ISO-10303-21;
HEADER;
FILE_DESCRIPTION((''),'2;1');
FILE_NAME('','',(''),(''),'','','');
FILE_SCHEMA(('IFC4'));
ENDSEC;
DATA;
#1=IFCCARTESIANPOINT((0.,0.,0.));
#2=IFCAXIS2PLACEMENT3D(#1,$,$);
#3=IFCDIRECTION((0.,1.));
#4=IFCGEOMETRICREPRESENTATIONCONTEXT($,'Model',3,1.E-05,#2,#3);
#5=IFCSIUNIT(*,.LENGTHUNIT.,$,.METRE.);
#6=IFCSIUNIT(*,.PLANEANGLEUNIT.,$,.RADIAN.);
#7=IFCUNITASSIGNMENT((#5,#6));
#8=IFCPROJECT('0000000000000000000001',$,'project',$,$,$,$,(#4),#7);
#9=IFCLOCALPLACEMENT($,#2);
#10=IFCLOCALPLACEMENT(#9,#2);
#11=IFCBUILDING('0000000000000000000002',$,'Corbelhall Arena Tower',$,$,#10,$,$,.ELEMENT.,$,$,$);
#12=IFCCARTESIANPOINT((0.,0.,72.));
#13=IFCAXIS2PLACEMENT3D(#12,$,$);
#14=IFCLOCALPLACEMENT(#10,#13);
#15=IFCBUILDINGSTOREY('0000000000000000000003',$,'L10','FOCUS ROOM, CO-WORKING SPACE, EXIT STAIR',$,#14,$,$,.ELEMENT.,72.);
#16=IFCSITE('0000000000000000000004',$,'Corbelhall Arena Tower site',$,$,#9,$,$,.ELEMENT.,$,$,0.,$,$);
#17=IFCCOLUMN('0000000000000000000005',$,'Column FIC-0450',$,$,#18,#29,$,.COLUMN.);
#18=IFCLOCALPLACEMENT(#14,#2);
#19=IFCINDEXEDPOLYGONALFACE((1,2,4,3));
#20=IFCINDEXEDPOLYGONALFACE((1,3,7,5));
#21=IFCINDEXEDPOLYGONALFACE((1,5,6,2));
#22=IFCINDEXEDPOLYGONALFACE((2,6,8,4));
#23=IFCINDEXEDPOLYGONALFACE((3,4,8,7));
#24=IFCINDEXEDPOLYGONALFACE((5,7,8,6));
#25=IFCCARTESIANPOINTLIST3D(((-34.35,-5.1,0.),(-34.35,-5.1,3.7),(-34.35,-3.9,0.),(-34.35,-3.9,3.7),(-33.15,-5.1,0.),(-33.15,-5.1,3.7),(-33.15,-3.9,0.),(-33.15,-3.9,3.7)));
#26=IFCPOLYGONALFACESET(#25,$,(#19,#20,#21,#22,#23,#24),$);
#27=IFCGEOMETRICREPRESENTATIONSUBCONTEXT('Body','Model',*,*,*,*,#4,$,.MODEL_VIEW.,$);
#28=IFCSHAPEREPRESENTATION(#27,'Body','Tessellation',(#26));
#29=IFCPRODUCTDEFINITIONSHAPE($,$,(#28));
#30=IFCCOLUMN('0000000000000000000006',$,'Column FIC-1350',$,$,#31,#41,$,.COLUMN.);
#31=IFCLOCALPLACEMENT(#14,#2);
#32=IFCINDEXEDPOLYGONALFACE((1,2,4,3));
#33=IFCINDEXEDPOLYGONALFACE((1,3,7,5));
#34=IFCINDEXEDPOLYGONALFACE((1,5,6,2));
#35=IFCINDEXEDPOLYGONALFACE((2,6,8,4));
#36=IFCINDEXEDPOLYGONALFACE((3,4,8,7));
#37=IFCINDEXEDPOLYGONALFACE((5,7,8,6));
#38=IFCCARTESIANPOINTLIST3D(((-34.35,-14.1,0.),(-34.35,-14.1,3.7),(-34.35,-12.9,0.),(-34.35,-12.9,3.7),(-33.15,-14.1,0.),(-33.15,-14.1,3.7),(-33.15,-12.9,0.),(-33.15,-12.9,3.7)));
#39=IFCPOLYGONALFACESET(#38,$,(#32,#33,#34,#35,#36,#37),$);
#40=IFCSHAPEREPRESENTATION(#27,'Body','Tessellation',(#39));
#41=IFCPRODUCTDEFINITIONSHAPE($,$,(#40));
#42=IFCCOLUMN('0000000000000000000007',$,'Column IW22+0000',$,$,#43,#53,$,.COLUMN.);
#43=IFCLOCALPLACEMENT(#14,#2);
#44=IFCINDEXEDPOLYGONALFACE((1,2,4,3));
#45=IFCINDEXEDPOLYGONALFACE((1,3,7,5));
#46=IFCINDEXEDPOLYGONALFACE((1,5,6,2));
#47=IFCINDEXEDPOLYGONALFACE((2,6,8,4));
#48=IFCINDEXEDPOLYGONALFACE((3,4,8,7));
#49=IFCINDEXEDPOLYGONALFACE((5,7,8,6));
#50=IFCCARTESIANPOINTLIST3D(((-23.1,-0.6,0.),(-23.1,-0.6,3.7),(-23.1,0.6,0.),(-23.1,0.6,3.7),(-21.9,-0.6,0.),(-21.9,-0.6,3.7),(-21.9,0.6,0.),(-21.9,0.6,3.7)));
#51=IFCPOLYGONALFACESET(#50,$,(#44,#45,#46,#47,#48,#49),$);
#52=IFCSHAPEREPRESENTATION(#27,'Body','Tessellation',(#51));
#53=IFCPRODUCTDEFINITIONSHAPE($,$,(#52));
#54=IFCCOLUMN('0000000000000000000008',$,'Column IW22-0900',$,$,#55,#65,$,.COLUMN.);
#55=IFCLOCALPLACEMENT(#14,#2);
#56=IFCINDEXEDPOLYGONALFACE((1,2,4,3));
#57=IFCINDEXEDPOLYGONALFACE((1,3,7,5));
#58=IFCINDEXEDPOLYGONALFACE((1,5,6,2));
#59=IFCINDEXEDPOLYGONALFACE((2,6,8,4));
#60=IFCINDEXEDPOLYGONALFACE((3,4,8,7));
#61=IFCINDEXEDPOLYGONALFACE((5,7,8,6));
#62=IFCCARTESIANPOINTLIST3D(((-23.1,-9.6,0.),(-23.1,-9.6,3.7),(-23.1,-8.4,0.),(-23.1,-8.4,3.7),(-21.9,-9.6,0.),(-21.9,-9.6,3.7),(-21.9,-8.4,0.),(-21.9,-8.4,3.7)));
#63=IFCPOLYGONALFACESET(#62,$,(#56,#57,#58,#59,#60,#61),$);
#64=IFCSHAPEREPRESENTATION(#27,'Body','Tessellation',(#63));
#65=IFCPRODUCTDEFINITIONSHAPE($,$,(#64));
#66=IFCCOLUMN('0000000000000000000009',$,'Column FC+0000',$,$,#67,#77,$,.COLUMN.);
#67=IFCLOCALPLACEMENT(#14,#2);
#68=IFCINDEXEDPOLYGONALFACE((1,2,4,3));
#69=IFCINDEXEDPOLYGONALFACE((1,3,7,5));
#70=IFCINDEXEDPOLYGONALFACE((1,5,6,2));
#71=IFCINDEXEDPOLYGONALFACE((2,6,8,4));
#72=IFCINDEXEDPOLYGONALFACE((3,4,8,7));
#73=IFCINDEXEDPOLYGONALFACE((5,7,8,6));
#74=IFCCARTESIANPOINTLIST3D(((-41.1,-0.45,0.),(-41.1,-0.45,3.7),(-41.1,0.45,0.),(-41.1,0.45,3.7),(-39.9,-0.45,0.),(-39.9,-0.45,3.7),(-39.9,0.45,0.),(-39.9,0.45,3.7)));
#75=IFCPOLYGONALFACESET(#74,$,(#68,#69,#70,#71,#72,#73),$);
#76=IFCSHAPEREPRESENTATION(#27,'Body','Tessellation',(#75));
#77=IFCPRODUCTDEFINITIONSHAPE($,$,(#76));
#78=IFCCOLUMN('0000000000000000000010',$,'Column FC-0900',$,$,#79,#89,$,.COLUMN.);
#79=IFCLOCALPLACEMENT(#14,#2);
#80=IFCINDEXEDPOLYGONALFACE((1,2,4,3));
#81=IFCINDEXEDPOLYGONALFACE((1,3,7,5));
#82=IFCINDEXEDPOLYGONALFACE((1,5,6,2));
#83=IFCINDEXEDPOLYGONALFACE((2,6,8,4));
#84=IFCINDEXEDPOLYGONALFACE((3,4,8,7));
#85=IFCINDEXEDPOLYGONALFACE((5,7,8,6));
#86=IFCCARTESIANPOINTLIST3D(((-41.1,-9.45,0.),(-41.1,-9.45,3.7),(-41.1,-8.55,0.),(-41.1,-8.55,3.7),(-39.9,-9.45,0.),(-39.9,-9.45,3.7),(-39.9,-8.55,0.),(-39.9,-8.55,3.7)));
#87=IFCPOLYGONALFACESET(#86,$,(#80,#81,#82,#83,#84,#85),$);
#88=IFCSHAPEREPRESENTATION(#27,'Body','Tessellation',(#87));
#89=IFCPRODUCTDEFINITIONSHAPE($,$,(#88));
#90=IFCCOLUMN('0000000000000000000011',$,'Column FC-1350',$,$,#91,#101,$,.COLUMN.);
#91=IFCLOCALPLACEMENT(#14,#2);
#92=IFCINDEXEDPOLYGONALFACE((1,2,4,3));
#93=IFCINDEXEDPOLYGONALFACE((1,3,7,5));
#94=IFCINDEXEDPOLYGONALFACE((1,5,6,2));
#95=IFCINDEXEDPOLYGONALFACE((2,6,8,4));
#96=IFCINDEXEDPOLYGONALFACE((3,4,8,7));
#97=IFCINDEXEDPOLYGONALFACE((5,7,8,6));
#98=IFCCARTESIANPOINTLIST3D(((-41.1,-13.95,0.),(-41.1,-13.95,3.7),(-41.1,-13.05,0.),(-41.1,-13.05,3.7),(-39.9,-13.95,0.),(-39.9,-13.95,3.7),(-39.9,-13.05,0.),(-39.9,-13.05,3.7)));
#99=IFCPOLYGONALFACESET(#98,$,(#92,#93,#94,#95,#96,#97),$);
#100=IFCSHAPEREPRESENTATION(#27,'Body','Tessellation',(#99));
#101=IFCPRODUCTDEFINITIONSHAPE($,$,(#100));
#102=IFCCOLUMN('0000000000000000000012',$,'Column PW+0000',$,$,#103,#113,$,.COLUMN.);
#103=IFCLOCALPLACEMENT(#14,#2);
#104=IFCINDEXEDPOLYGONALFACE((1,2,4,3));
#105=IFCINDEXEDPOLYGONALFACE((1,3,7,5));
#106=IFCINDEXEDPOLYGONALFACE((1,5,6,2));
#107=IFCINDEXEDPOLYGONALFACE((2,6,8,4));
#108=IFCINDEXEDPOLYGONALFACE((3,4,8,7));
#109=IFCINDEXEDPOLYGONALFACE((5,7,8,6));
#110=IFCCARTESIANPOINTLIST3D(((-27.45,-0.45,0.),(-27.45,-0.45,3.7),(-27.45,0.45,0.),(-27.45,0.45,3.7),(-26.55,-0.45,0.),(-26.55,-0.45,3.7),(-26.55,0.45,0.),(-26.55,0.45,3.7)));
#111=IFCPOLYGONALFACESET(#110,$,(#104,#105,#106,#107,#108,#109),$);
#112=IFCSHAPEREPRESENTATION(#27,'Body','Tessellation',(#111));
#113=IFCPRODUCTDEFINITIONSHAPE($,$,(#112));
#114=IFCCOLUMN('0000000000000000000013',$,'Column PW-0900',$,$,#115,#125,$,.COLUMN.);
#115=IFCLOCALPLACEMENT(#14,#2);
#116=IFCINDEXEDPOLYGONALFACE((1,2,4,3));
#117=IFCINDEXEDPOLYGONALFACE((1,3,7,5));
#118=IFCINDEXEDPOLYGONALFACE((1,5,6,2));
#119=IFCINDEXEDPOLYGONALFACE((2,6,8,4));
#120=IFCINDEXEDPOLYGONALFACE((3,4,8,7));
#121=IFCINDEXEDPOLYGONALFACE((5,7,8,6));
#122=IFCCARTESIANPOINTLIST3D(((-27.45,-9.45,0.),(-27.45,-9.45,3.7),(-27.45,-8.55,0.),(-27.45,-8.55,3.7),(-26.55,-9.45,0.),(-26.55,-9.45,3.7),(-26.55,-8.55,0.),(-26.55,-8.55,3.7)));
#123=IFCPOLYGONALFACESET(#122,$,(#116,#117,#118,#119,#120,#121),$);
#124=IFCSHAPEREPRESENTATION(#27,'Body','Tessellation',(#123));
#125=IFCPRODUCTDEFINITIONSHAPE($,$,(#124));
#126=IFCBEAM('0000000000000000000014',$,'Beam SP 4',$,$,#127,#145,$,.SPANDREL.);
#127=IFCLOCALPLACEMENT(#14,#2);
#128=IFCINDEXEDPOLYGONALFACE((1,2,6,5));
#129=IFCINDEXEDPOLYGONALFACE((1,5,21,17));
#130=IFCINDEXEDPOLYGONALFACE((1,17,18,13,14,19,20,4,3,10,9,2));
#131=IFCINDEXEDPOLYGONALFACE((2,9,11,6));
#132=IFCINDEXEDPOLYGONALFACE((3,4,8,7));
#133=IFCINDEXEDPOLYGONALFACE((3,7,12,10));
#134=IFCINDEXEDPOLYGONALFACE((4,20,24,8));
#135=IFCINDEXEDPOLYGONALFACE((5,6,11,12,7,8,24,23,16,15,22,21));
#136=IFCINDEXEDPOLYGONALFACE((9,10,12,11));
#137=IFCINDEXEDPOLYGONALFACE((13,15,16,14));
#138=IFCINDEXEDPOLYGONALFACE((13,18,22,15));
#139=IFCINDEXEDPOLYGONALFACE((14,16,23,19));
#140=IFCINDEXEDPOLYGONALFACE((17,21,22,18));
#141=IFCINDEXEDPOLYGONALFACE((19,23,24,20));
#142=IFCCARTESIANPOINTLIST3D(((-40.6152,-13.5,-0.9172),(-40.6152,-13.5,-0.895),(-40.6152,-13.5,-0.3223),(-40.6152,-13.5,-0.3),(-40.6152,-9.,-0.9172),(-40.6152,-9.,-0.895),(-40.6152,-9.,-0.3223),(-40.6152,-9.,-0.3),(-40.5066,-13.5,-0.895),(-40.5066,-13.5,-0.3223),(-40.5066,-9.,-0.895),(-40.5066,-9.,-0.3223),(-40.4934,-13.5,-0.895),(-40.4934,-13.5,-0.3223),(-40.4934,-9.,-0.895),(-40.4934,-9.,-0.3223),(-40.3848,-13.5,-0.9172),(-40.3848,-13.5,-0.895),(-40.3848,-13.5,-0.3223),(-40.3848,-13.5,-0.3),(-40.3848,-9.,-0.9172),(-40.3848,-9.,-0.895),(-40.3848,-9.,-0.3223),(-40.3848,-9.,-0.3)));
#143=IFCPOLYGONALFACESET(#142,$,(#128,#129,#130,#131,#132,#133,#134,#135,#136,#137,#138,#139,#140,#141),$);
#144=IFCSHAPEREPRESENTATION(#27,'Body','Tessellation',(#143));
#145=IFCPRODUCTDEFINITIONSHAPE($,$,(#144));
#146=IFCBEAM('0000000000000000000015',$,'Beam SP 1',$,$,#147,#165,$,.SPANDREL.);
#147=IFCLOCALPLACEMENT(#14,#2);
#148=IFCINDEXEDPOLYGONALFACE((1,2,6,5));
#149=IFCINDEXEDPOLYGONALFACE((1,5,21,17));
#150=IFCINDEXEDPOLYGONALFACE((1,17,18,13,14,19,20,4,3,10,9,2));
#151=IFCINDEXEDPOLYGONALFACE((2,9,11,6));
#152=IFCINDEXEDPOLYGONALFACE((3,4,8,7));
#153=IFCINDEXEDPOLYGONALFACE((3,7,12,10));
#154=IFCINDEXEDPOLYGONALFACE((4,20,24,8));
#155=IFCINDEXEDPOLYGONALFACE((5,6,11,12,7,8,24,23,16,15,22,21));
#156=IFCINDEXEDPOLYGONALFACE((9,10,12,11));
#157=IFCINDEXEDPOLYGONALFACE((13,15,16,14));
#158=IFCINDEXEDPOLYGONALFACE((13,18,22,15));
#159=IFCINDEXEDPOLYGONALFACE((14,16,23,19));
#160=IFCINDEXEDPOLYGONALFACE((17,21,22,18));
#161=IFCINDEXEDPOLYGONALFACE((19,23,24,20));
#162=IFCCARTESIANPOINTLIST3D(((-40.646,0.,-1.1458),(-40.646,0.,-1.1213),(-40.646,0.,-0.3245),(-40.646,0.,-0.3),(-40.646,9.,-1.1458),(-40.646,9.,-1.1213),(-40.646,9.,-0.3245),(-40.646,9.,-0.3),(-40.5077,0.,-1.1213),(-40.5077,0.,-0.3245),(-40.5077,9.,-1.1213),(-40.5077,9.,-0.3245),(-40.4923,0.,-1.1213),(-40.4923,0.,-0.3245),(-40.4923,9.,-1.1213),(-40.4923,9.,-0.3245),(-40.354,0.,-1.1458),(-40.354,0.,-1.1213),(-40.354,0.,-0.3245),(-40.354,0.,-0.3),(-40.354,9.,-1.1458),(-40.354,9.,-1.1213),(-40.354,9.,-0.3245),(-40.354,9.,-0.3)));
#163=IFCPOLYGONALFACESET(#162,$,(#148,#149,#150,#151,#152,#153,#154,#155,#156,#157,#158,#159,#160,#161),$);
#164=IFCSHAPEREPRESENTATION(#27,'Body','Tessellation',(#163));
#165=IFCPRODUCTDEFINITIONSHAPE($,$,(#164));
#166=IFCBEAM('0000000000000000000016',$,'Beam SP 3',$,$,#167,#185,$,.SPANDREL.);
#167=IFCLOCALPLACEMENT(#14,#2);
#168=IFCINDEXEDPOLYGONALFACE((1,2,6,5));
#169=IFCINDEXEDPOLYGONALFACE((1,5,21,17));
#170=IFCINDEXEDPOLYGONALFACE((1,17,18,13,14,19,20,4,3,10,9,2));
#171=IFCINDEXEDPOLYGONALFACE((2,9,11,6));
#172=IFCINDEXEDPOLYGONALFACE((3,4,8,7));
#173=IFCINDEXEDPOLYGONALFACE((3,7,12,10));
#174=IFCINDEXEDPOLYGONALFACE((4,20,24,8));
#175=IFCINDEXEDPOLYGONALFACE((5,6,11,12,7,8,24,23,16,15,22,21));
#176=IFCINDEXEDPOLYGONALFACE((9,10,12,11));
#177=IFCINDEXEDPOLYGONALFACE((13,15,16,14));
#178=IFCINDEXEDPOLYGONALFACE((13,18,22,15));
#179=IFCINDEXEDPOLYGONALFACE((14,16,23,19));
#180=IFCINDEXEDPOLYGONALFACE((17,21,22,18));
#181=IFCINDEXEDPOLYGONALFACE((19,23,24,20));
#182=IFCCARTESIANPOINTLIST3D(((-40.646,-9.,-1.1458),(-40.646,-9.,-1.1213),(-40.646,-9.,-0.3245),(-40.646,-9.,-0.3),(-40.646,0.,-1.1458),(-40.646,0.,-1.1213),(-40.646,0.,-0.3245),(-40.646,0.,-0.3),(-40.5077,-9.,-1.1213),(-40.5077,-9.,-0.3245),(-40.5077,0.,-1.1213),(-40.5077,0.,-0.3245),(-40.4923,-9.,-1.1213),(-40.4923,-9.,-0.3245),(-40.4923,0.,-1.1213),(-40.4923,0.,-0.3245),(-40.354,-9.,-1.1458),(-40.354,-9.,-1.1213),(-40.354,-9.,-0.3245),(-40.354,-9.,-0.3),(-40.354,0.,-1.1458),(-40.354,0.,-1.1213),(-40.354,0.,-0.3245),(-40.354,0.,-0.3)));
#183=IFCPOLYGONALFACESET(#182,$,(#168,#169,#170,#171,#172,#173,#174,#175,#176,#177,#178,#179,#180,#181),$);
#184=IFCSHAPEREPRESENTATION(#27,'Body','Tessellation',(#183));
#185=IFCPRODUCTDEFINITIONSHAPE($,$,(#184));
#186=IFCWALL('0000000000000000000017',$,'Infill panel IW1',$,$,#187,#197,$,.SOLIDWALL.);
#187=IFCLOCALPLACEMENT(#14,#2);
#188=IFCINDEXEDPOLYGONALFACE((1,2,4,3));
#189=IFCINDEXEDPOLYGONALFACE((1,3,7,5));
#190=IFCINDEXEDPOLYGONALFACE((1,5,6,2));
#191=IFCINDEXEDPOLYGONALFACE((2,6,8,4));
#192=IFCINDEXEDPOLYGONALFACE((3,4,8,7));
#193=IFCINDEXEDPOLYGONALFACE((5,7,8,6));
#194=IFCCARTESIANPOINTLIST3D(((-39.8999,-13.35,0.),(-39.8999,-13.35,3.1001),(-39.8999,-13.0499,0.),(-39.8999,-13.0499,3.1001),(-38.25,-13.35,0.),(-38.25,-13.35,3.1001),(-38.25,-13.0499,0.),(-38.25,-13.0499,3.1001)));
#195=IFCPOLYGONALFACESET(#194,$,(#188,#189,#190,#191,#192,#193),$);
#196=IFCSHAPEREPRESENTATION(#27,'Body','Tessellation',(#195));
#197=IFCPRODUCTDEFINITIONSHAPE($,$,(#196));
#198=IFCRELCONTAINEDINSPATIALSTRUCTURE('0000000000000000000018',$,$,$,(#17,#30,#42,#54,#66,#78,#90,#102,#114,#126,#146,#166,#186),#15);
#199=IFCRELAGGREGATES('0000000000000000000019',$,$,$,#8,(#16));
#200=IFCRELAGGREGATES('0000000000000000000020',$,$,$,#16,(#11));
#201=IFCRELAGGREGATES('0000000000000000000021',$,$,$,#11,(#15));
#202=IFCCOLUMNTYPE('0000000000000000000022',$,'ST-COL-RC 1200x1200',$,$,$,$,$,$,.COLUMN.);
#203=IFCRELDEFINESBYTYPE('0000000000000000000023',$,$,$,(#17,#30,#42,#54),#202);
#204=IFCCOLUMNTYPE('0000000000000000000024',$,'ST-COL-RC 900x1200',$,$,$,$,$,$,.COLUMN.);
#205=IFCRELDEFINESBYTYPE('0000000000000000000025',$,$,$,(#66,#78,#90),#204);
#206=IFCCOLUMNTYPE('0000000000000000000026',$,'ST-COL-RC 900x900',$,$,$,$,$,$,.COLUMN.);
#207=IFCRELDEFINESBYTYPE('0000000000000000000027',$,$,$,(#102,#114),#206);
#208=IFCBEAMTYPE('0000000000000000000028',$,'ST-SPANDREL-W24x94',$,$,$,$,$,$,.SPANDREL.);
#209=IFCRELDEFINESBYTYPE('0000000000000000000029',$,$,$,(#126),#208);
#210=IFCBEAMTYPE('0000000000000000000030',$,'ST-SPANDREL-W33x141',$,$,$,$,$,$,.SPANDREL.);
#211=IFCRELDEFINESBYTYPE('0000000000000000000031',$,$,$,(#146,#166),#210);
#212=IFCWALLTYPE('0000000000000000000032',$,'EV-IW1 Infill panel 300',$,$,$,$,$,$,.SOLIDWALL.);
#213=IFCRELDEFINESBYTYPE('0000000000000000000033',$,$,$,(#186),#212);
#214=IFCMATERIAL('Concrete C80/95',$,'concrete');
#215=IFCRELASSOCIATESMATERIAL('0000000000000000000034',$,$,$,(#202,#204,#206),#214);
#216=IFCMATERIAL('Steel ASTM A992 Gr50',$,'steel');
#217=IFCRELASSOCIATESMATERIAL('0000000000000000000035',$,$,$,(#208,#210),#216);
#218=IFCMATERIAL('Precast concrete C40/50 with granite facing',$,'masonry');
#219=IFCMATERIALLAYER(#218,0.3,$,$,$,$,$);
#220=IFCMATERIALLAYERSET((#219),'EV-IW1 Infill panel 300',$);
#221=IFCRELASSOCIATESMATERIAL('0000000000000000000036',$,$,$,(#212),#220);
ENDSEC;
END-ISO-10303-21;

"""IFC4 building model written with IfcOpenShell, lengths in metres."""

from ifc_helpers import new_model, si_unit, direction, frame, frame_2d, origin, origin_2d, place, context, subcontext, project, spatial, rectangle, i_section, extrude, material, layer, layer_set, material_profile, profile_set, type_object, element, save


model = new_model("IFC4")

# Units and contexts
model_context = context("Model", 3, precision=1e-05, world=origin(), true_north=direction((0.0, 1.0)))
body_context = subcontext(model_context, "Body", "Model", "MODEL_VIEW")
ifc_project = project(units=[si_unit("LENGTHUNIT", "METRE"), si_unit("PLANEANGLEUNIT", "RADIAN")], contexts=[model_context])

# Site, building, storey
site_placement = place(None, origin())
site = spatial("IfcSite", under=ifc_project, at=site_placement, Name="Corbelhall Arena Tower site", CompositionType="ELEMENT", RefElevation=0.0)
building_placement = place(site_placement, origin())
building = spatial("IfcBuilding", under=site, at=building_placement, Name="Corbelhall Arena Tower", CompositionType="ELEMENT")
storey_placement = place(building_placement, frame((0.0, 0.0, 72.0)))
storey = spatial("IfcBuildingStorey", under=building, at=storey_placement, Name="L10", Description="FOCUS ROOM, CO-WORKING SPACE, EXIT STAIR", CompositionType="ELEMENT", Elevation=72.0)

# Columns
ifc_material_1 = material(Name="Concrete C80/95", Category="concrete")
ifc_material_profile_1 = material_profile(ifc_material_1, rectangle(XDim=1.2, YDim=1.2, at=origin_2d()))
ifc_profile_set_1 = profile_set([ifc_material_profile_1], Name="Concrete C80/95")
column_type_1 = type_object("IfcColumnType", Name="ST-COL-RC 1200x1200", PredefinedType="COLUMN", material=ifc_profile_set_1)
for number, where, z_axis, x_axis, name in (
    (1, (-33.75, -4.5, 0.0), (0.0, 0.0, 1.0), (1.0, 0.0, 0.0), "Column FIC-0450"),
    (2, (-33.75, -13.5, 0.0), (0.0, 0.0, 1.0), (1.0, 0.0, 0.0), "Column FIC-1350"),
    (3, (-22.5, 0.0, 0.0), (0.0, 0.0, 1.0), (1.0, 0.0, 0.0), "Column IW22+0000"),
    (4, (-22.5, -9.0, 0.0), (0.0, 0.0, 1.0), (1.0, 0.0, 0.0), "Column IW22-0900"),
):
    element("IfcColumn", number, at=place(storey_placement, frame(where, z_axis=z_axis, x_axis=x_axis)), inside=storey, type_object=column_type_1, Name=name, PredefinedType="COLUMN", context=body_context, shape_type="SweptSolid", body=[
        extrude(rectangle(XDim=1.2, YDim=1.2, at=origin_2d()), origin(), (0.0, 0.0, 1.0), 3.7),
    ])
ifc_material_profile_2 = material_profile(ifc_material_1, rectangle(XDim=0.8999, YDim=1.2, at=origin_2d()))
ifc_profile_set_2 = profile_set([ifc_material_profile_2], Name="Concrete C80/95")
column_type_2 = type_object("IfcColumnType", Name="ST-COL-RC 900x1200", PredefinedType="COLUMN", material=ifc_profile_set_2)
for number, where, z_axis, x_axis, name in (
    (5, (-40.5, 0.0, 0.0), (0.0, 0.0, 1.0), (0.0, 1.0, 0.0), "Column FC+0000"),
    (6, (-40.5, -9.0, 0.0), (0.0, 0.0, 1.0), (0.0, 1.0, 0.0), "Column FC-0900"),
    (7, (-40.5, -13.5, 0.0), (0.0, 0.0, 1.0), (0.0, 1.0, 0.0), "Column FC-1350"),
):
    element("IfcColumn", number, at=place(storey_placement, frame(where, z_axis=z_axis, x_axis=x_axis)), inside=storey, type_object=column_type_2, Name=name, PredefinedType="COLUMN", context=body_context, shape_type="SweptSolid", body=[
        extrude(rectangle(XDim=0.8999, YDim=1.2, at=origin_2d()), origin(), (0.0, 0.0, 1.0), 3.7),
    ])
ifc_material_profile_3 = material_profile(ifc_material_1, rectangle(XDim=0.8999, YDim=0.8999, at=origin_2d()))
ifc_profile_set_3 = profile_set([ifc_material_profile_3], Name="Concrete C80/95")
column_type_3 = type_object("IfcColumnType", Name="ST-COL-RC 900x900", PredefinedType="COLUMN", material=ifc_profile_set_3)
for number, where, z_axis, x_axis, name in (
    (8, (-27.0, 0.0, 0.0), (0.0, 0.0, 1.0), (1.0, 0.0, 0.0), "Column PW+0000"),
    (9, (-27.0, -9.0, 0.0), (0.0, 0.0, 1.0), (1.0, 0.0, 0.0), "Column PW-0900"),
):
    element("IfcColumn", number, at=place(storey_placement, frame(where, z_axis=z_axis, x_axis=x_axis)), inside=storey, type_object=column_type_3, Name=name, PredefinedType="COLUMN", context=body_context, shape_type="SweptSolid", body=[
        extrude(rectangle(XDim=0.8999, YDim=0.8999, at=origin_2d()), origin(), (0.0, 0.0, 1.0), 3.7),
    ])

# Beams
ifc_material_2 = material(Name="Steel ASTM A992 Gr50", Category="steel")
ifc_material_profile_4 = material_profile(ifc_material_2, i_section(OverallWidth=0.2305, OverallDepth=0.6172, WebThickness=0.0132, FlangeThickness=0.0222, at=origin_2d()))
ifc_profile_set_4 = profile_set([ifc_material_profile_4], Name="Steel ASTM A992 Gr50")
beam_type_1 = type_object("IfcBeamType", Name="ST-SPANDREL-W24x94", PredefinedType="SPANDREL", material=ifc_profile_set_4)
beam_placement = place(storey_placement, frame((-40.5, -13.5, -0.6086), z_axis=(0.0, 1.0, 0.0), x_axis=(-1.0, 0.0, 0.0)))
element("IfcBeam", 10, at=beam_placement, inside=storey, type_object=beam_type_1, Name="Beam SP 4", PredefinedType="SPANDREL", context=body_context, shape_type="SweptSolid", body=[
    extrude(i_section(OverallWidth=0.2305, OverallDepth=0.6172, WebThickness=0.0132, FlangeThickness=0.0222, at=origin_2d()), origin(), (0.0, 0.0, 1.0), 4.5),
])
ifc_material_profile_5 = material_profile(ifc_material_2, i_section(OverallWidth=0.292, OverallDepth=0.8457, WebThickness=0.0154, FlangeThickness=0.0244, at=origin_2d()))
ifc_profile_set_5 = profile_set([ifc_material_profile_5], Name="Steel ASTM A992 Gr50")
beam_type_2 = type_object("IfcBeamType", Name="ST-SPANDREL-W33x141", PredefinedType="SPANDREL", material=ifc_profile_set_5)
for number, where, z_axis, x_axis, name in (
    (11, (-40.5, 0.0, -0.7229), (0.0, 1.0, 0.0), (-1.0, 0.0, 0.0), "Beam SP 1"),
    (12, (-40.5, -9.0, -0.7229), (0.0, 1.0, 0.0), (-1.0, 0.0, 0.0), "Beam SP 3"),
):
    element("IfcBeam", number, at=place(storey_placement, frame(where, z_axis=z_axis, x_axis=x_axis)), inside=storey, type_object=beam_type_2, Name=name, PredefinedType="SPANDREL", context=body_context, shape_type="SweptSolid", body=[
        extrude(i_section(OverallWidth=0.292, OverallDepth=0.8457, WebThickness=0.0154, FlangeThickness=0.0244, at=origin_2d()), origin(), (0.0, 0.0, 1.0), 9.0),
    ])

# Wall
ifc_material_3 = material(Name="Precast concrete C40/50 with granite facing", Category="masonry")
ifc_layer_1 = layer(ifc_material_3, 0.3)
ifc_layer_set_1 = layer_set([ifc_layer_1], Name="EV-IW1 Infill panel 300")
wall_type_1 = type_object("IfcWallType", Name="EV-IW1 Infill panel 300", PredefinedType="SOLIDWALL", material=ifc_layer_set_1)
wall_1_placement = place(storey_placement, frame((-39.8999, -13.2, 0.0), z_axis=(0.0, 0.0, 1.0), x_axis=(1.0, 0.0, 0.0)))
element("IfcWall", 13, at=wall_1_placement, inside=storey, type_object=wall_type_1, Name="Infill panel IW1", PredefinedType="SOLIDWALL", context=body_context, shape_type="SweptSolid", body=[
    extrude(rectangle(XDim=1.6499, YDim=0.3, at=frame_2d((0.825, 0.0))), origin(), (0.0, 0.0, 1.0), 3.1001),
])

save(model, "model.ifc")
